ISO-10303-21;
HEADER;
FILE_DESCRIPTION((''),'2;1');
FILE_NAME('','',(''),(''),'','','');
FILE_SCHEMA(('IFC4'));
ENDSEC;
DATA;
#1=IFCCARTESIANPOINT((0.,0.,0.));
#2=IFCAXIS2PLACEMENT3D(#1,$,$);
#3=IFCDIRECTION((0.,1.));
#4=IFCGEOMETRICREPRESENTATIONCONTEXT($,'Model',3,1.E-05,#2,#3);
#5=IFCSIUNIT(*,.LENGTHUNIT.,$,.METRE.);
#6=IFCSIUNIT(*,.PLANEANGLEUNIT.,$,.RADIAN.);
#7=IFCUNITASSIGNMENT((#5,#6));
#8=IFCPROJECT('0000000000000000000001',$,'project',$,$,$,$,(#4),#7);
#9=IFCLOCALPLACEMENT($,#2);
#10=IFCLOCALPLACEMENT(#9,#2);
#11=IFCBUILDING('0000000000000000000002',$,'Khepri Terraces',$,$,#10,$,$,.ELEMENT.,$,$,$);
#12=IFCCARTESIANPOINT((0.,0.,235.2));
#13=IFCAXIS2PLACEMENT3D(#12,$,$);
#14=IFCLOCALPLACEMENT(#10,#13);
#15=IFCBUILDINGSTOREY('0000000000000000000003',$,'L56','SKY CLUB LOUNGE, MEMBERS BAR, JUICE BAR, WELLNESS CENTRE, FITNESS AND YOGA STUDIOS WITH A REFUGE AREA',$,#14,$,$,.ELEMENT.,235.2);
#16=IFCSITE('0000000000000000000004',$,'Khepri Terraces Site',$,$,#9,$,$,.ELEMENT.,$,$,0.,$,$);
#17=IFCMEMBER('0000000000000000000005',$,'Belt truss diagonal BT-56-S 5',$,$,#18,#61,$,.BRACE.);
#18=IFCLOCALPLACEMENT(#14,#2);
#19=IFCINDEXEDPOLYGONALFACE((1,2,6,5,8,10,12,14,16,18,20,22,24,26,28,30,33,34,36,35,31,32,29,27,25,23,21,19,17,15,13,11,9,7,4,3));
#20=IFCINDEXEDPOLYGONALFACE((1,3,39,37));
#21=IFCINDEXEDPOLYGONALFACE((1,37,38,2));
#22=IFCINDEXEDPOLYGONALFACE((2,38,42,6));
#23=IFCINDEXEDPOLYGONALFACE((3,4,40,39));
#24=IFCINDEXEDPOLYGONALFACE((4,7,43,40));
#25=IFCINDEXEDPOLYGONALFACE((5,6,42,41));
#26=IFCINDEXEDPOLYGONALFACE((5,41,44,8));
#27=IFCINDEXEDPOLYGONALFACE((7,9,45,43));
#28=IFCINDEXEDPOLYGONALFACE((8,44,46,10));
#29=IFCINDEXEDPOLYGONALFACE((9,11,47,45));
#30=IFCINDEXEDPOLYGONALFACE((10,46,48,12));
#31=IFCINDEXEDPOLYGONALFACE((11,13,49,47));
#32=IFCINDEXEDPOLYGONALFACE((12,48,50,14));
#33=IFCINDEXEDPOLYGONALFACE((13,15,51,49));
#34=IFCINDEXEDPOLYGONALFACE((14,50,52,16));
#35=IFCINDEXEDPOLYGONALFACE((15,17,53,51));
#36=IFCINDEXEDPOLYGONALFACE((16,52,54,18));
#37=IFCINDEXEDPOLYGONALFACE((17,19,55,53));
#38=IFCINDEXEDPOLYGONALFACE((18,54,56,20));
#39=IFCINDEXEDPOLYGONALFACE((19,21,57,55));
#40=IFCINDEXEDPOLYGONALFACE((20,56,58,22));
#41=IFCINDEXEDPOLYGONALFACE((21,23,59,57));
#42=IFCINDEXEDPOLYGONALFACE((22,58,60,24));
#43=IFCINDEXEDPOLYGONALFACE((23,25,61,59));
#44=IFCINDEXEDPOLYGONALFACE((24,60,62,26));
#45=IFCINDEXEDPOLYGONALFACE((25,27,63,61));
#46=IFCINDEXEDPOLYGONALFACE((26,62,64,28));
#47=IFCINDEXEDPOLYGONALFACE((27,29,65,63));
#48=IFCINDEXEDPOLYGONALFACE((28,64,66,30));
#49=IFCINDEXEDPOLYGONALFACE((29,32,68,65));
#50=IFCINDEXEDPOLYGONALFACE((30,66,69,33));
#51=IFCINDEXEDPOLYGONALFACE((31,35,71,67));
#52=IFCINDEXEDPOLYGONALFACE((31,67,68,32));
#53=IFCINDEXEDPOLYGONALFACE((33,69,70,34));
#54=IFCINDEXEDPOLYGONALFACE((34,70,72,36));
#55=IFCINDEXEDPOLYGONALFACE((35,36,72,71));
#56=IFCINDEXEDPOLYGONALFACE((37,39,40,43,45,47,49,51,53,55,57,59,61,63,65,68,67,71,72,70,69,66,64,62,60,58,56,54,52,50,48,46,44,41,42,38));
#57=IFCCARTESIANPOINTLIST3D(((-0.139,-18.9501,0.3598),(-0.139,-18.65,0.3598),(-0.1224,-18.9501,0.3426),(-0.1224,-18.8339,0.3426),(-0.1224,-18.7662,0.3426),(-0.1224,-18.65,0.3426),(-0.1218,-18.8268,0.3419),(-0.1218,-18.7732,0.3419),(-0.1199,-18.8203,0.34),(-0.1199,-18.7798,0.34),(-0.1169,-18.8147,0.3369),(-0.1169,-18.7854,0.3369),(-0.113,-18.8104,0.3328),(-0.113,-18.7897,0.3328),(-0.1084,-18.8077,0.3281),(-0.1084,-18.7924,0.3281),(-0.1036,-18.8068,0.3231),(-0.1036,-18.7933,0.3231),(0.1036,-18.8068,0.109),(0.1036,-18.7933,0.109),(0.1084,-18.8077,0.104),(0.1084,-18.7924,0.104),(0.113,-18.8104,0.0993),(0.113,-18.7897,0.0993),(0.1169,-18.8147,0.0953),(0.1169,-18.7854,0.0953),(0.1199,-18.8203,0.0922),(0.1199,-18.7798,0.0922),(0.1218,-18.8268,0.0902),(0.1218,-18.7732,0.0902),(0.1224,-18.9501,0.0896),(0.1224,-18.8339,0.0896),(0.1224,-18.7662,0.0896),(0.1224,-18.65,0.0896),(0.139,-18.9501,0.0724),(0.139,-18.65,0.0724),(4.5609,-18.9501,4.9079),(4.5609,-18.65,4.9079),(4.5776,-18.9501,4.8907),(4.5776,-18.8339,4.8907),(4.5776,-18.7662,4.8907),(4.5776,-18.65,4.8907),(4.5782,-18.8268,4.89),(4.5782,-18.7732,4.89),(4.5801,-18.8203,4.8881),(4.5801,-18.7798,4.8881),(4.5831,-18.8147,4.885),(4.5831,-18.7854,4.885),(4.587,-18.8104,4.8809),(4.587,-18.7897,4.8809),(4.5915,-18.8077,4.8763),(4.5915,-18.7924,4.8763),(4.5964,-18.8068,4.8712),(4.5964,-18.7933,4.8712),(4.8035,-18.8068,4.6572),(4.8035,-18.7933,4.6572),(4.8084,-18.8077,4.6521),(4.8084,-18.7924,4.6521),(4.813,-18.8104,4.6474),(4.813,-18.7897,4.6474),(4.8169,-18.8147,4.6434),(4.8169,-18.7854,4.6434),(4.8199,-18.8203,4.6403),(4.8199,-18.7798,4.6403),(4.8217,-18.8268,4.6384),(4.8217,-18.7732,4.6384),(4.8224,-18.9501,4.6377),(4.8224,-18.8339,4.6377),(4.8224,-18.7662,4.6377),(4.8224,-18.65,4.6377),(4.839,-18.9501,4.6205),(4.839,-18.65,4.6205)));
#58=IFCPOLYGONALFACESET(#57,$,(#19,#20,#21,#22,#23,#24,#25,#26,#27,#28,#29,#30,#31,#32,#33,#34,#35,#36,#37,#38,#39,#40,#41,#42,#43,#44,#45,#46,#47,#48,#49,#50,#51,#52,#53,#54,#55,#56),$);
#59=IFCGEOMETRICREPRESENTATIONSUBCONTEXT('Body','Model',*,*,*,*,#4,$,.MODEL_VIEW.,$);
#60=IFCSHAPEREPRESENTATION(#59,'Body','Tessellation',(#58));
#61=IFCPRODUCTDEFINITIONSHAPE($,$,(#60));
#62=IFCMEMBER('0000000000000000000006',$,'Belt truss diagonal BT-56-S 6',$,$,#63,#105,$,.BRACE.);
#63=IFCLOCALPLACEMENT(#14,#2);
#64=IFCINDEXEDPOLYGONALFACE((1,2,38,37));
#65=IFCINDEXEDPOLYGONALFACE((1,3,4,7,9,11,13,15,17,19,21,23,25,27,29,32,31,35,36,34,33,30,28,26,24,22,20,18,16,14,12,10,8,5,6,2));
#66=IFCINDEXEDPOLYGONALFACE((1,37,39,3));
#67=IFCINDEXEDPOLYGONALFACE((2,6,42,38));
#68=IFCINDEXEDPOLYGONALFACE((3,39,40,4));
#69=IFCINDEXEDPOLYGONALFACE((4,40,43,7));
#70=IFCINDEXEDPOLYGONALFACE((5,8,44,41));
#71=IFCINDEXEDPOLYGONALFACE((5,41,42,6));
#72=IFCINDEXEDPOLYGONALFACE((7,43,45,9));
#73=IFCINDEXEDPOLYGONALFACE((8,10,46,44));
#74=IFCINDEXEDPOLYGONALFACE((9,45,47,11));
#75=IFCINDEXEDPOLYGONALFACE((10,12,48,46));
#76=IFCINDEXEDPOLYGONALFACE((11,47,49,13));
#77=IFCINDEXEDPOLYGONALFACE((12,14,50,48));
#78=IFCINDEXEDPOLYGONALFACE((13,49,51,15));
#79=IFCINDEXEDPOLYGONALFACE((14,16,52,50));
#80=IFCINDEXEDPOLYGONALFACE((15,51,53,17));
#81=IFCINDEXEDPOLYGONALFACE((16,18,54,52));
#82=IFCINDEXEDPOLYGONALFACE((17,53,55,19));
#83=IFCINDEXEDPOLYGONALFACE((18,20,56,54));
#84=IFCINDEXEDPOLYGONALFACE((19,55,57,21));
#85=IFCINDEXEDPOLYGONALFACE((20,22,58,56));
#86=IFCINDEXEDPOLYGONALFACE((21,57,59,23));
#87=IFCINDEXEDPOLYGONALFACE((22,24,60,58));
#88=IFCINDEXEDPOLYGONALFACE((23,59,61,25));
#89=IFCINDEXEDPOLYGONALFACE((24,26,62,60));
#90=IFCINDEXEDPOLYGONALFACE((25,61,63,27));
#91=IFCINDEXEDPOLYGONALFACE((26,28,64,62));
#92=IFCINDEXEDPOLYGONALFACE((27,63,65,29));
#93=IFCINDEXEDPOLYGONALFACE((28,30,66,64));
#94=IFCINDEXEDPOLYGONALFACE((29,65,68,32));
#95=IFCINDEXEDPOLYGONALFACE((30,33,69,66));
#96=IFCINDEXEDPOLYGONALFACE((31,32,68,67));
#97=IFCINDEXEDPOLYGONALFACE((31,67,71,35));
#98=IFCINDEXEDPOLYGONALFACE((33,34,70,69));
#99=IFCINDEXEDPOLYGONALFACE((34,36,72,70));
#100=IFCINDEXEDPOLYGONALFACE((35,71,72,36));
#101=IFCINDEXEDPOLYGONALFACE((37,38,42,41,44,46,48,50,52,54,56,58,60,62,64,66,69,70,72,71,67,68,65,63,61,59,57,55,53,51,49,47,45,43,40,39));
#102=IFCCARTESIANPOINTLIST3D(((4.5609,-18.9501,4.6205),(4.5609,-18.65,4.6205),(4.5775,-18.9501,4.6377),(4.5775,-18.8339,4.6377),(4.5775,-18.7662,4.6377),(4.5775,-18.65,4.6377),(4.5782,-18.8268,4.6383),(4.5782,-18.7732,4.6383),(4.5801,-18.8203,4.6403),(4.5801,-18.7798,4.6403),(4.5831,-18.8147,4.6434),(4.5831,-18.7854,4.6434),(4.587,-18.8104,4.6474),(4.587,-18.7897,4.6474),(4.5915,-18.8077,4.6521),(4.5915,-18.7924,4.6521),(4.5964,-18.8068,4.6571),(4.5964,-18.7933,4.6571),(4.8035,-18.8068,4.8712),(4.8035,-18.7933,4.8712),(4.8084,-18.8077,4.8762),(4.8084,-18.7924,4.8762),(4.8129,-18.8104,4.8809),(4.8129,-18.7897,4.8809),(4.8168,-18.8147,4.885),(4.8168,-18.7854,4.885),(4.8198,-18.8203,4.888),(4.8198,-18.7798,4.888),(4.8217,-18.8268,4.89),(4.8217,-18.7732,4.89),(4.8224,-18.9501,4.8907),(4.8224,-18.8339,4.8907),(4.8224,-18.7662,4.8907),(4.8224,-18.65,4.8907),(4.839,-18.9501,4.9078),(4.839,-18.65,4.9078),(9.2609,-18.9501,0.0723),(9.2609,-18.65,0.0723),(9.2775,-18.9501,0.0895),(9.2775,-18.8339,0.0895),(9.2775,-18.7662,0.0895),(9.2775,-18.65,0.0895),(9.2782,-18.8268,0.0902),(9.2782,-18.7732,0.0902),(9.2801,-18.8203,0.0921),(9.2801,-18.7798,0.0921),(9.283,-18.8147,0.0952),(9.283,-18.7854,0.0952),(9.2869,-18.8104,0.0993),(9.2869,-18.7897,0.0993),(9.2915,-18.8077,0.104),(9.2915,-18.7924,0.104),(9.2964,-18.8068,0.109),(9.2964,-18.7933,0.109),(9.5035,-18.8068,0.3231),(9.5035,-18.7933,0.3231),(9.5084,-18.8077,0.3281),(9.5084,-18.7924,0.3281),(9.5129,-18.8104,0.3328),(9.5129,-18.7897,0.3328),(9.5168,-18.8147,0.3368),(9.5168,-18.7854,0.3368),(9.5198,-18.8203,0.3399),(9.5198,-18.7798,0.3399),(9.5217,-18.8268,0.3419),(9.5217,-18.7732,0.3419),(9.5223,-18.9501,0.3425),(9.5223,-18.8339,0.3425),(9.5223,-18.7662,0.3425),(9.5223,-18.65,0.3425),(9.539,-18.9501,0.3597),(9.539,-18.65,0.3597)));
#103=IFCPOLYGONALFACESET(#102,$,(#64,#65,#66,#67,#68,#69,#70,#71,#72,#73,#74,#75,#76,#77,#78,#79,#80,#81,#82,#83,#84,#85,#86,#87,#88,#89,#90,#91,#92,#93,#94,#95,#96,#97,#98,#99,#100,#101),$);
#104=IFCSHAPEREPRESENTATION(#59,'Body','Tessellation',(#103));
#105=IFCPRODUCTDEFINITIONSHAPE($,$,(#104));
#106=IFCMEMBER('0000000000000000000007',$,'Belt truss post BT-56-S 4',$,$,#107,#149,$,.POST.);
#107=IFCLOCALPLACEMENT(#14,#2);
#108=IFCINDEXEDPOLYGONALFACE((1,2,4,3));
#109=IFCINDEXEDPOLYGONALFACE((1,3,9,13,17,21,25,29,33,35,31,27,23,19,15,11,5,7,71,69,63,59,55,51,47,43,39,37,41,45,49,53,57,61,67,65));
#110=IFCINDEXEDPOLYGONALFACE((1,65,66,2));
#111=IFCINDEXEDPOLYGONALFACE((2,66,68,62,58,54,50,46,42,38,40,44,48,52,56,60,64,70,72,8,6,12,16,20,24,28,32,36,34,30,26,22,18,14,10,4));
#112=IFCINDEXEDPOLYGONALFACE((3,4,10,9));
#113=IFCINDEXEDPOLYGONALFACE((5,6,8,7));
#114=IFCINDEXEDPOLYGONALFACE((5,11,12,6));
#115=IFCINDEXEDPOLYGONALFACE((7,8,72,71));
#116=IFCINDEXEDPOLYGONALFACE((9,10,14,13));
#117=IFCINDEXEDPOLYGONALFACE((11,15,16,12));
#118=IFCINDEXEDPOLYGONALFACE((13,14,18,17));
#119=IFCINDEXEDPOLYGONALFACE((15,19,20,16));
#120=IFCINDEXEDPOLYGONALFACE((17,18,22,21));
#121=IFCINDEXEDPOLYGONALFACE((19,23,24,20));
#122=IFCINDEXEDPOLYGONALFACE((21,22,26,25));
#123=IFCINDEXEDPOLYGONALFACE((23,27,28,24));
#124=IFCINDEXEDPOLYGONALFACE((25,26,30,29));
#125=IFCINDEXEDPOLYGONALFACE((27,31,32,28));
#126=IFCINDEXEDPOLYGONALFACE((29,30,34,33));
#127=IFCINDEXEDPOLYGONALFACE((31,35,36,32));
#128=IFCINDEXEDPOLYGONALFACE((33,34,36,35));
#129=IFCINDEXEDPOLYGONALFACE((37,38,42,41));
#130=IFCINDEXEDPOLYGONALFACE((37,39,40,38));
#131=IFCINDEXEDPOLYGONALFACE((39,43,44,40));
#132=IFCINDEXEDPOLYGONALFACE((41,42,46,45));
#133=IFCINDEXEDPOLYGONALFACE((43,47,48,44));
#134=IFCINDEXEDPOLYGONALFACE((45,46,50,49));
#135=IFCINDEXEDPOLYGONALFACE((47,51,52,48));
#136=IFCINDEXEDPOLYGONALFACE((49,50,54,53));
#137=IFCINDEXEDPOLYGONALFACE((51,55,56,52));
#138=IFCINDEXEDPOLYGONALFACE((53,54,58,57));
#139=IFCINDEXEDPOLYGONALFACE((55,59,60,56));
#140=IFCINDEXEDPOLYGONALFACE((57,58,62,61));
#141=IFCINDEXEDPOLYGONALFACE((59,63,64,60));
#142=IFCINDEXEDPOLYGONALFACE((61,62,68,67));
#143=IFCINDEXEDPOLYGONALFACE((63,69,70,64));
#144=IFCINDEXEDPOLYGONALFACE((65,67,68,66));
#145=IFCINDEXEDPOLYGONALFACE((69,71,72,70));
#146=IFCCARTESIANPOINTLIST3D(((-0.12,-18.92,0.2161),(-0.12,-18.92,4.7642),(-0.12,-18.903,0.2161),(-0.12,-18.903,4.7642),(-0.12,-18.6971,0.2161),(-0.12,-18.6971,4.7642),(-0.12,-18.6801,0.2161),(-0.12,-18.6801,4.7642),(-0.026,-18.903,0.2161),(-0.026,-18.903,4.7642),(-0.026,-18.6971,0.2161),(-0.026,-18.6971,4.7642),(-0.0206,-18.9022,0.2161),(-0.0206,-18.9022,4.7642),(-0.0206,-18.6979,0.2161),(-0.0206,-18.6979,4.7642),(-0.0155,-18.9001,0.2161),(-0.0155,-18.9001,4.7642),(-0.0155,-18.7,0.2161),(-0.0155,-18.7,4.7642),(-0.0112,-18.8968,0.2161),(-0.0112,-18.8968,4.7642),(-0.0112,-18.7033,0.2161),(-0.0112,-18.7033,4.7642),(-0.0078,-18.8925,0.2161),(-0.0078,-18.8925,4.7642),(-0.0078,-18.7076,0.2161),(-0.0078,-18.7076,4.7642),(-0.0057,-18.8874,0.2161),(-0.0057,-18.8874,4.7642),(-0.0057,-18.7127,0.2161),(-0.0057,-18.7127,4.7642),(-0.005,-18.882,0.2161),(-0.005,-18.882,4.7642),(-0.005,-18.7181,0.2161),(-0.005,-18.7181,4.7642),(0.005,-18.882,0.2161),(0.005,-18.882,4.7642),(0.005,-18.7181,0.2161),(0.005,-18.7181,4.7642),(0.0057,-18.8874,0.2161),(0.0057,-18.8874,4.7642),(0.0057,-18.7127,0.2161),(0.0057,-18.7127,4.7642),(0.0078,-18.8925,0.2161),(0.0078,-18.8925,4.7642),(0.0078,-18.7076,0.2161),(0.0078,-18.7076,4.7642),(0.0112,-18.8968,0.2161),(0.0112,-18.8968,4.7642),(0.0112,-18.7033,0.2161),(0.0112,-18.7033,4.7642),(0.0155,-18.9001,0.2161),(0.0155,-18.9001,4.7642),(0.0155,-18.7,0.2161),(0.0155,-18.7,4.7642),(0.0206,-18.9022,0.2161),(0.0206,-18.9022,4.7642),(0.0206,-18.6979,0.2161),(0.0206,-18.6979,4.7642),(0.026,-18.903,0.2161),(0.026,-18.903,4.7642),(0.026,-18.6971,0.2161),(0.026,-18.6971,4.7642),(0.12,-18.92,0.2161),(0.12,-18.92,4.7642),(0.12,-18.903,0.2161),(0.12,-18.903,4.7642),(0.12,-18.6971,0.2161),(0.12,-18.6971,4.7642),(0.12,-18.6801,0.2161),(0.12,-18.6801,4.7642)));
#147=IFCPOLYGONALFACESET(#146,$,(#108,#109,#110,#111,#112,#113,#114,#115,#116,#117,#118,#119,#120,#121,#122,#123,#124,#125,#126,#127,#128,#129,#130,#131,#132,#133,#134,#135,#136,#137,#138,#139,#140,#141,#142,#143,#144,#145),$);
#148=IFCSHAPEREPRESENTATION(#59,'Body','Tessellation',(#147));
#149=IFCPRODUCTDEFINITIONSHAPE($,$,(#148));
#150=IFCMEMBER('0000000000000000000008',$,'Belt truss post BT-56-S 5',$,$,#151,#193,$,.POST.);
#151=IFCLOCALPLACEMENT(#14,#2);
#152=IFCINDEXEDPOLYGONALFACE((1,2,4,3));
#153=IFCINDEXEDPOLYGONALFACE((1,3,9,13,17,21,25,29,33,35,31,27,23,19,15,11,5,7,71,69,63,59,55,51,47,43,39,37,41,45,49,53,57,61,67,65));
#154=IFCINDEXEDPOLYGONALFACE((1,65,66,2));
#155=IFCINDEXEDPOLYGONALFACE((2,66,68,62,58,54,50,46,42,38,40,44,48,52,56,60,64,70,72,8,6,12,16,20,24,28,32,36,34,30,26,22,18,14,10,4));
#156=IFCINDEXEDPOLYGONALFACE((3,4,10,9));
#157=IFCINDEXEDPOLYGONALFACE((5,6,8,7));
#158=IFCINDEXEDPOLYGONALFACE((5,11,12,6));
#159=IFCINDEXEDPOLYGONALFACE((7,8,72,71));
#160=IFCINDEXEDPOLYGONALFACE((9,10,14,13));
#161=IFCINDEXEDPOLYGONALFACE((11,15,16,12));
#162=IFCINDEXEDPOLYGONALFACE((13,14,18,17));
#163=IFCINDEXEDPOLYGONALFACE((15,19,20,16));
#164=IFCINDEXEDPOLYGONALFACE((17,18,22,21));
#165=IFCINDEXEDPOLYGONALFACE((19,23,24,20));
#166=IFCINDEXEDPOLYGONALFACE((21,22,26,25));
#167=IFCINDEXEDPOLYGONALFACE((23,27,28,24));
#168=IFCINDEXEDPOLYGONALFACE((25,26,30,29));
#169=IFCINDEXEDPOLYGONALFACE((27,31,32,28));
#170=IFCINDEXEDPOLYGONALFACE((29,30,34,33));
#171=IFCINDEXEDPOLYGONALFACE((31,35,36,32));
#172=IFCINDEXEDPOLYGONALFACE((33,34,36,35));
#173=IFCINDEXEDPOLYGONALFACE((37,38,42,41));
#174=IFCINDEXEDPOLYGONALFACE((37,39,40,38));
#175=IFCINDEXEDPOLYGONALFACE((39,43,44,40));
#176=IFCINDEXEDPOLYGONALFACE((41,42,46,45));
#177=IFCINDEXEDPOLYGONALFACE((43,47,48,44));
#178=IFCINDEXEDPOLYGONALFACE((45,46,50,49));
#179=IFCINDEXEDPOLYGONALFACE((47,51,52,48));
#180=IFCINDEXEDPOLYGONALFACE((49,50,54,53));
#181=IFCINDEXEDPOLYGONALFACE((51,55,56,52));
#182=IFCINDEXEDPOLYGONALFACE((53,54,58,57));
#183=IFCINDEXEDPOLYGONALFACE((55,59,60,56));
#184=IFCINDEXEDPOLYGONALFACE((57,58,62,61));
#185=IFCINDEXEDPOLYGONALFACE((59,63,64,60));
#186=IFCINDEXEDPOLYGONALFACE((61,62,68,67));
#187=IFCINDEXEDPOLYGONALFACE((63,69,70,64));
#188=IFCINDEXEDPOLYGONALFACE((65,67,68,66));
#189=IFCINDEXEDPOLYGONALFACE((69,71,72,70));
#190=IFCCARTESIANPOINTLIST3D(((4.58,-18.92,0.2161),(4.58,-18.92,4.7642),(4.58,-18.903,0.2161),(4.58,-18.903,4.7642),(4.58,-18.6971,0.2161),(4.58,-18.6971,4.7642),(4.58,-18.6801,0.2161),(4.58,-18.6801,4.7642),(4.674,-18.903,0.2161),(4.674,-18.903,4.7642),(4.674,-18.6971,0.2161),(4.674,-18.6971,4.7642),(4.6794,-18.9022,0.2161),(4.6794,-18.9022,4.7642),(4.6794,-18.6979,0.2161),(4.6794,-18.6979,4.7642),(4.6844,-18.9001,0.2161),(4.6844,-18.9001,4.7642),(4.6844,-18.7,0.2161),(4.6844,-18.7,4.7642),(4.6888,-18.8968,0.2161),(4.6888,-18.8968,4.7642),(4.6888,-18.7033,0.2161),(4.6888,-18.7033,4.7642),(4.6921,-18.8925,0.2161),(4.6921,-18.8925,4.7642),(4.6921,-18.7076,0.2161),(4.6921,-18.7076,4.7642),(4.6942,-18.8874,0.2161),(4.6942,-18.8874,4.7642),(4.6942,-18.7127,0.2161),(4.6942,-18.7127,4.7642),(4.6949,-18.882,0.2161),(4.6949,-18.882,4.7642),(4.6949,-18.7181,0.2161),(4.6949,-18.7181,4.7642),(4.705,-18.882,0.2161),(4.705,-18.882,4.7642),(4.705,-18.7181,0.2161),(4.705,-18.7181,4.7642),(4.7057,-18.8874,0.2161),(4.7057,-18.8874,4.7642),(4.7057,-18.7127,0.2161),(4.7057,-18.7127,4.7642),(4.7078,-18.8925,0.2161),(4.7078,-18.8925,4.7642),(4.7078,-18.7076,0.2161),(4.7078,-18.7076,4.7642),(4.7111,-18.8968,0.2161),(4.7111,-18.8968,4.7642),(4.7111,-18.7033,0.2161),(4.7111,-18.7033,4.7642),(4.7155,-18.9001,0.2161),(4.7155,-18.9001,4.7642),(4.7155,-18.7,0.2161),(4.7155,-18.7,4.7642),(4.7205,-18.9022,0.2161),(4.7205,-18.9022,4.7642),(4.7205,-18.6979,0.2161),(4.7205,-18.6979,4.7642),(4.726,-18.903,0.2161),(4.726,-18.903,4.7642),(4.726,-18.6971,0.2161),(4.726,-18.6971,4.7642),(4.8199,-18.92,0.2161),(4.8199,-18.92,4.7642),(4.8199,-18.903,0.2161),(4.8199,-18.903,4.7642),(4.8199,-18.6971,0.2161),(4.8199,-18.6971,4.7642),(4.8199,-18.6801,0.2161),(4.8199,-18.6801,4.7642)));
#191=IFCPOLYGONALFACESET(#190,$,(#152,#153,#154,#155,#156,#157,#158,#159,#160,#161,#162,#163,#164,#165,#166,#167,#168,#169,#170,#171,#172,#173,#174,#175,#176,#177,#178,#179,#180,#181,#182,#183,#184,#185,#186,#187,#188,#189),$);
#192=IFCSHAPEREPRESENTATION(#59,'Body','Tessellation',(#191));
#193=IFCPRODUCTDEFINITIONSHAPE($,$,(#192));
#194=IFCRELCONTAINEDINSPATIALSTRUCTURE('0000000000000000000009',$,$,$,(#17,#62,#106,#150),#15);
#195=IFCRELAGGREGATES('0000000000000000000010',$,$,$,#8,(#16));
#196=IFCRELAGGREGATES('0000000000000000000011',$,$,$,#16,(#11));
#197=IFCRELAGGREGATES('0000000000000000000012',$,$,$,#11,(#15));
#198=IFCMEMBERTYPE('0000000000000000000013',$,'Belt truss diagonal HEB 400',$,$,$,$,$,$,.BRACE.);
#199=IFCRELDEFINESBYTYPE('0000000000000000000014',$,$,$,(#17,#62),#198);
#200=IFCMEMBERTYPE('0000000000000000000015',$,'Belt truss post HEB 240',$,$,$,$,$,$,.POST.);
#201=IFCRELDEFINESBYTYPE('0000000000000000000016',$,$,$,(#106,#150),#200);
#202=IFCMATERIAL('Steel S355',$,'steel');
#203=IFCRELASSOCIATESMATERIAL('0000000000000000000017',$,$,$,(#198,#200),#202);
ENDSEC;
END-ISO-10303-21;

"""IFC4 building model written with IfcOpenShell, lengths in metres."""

from ifc_helpers import new_model, si_unit, direction, frame, origin, origin_2d, place, context, subcontext, project, spatial, i_section, extrude, material, material_profile, profile_set, type_object, element, save


model = new_model("IFC4")

# Units and contexts
model_context = context("Model", 3, precision=1e-05, world=origin(), true_north=direction((0.0, 1.0)))
body_context = subcontext(model_context, "Body", "Model", "MODEL_VIEW")
ifc_project = project(units=[si_unit("LENGTHUNIT", "METRE"), si_unit("PLANEANGLEUNIT", "RADIAN")], contexts=[model_context])

# Site, building, storey
site_placement = place(None, origin())
site = spatial("IfcSite", under=ifc_project, at=site_placement, Name="Khepri Terraces Site", CompositionType="ELEMENT", RefElevation=0.0)
building_placement = place(site_placement, origin())
building = spatial("IfcBuilding", under=site, at=building_placement, Name="Khepri Terraces", CompositionType="ELEMENT")
storey_placement = place(building_placement, frame((0.0, 0.0, 235.2)))
storey = spatial("IfcBuildingStorey", under=building, at=storey_placement, Name="L56", Description="SKY CLUB LOUNGE, MEMBERS BAR, JUICE BAR, WELLNESS CENTRE, FITNESS AND YOGA STUDIOS WITH A REFUGE AREA", CompositionType="ELEMENT", Elevation=235.2)

# Members
ifc_material_1 = material(Name="Steel S355", Category="steel")
ifc_material_profile_1 = material_profile(ifc_material_1, i_section(OverallWidth=0.3, OverallDepth=0.3999, WebThickness=0.0134, FlangeThickness=0.0239, FilletRadius=0.0271, at=origin_2d()), Name="Steel S355", Category="steel")
ifc_profile_set_1 = profile_set([ifc_material_profile_1], Name="Steel S355")
member_type_1 = type_object("IfcMemberType", Name="Belt truss diagonal HEB 400", PredefinedType="BRACE", material=ifc_profile_set_1)
for number, where, z_axis, x_axis, name in (
    (1, (0.0, -18.8, 0.2161), (0.718621, 0.0, 0.695402), (0.0, 1.0, 0.0), "Belt truss diagonal BT-56-S 5"),
    (2, (4.7, -18.8, 4.7642), (0.718621, 0.0, -0.695402), (0.0, 1.0, 0.0), "Belt truss diagonal BT-56-S 6"),
):
    element("IfcMember", number, at=place(storey_placement, frame(where, z_axis=z_axis, x_axis=x_axis)), inside=storey, type_object=member_type_1, Name=name, PredefinedType="BRACE", context=body_context, shape_type="SweptSolid", body=[
        extrude(i_section(OverallWidth=0.3, OverallDepth=0.3999, WebThickness=0.0134, FlangeThickness=0.0239, FilletRadius=0.0271, at=origin_2d()), origin(), (0.0, 0.0, 1.0), 6.5403),
    ])
ifc_material_profile_2 = material_profile(ifc_material_1, i_section(OverallWidth=0.24, OverallDepth=0.24, WebThickness=0.01, FlangeThickness=0.0171, FilletRadius=0.021, at=origin_2d()), Name="Steel S355", Category="steel")
ifc_profile_set_2 = profile_set([ifc_material_profile_2], Name="Steel S355")
member_type_2 = type_object("IfcMemberType", Name="Belt truss post HEB 240", PredefinedType="POST", material=ifc_profile_set_2)
for number, where, z_axis, x_axis, name in (
    (3, (0.0, -18.8, 0.2161), (0.0, 0.0, 1.0), (1.0, 0.0, 0.0), "Belt truss post BT-56-S 4"),
    (4, (4.7, -18.8, 0.2161), (0.0, 0.0, 1.0), (1.0, 0.0, 0.0), "Belt truss post BT-56-S 5"),
):
    element("IfcMember", number, at=place(storey_placement, frame(where, z_axis=z_axis, x_axis=x_axis)), inside=storey, type_object=member_type_2, Name=name, PredefinedType="POST", context=body_context, shape_type="SweptSolid", body=[
        extrude(i_section(OverallWidth=0.24, OverallDepth=0.24, WebThickness=0.01, FlangeThickness=0.0171, FilletRadius=0.021, at=origin_2d()), origin(), (0.0, 0.0, 1.0), 4.5481),
    ])

save(model, "model.ifc")
